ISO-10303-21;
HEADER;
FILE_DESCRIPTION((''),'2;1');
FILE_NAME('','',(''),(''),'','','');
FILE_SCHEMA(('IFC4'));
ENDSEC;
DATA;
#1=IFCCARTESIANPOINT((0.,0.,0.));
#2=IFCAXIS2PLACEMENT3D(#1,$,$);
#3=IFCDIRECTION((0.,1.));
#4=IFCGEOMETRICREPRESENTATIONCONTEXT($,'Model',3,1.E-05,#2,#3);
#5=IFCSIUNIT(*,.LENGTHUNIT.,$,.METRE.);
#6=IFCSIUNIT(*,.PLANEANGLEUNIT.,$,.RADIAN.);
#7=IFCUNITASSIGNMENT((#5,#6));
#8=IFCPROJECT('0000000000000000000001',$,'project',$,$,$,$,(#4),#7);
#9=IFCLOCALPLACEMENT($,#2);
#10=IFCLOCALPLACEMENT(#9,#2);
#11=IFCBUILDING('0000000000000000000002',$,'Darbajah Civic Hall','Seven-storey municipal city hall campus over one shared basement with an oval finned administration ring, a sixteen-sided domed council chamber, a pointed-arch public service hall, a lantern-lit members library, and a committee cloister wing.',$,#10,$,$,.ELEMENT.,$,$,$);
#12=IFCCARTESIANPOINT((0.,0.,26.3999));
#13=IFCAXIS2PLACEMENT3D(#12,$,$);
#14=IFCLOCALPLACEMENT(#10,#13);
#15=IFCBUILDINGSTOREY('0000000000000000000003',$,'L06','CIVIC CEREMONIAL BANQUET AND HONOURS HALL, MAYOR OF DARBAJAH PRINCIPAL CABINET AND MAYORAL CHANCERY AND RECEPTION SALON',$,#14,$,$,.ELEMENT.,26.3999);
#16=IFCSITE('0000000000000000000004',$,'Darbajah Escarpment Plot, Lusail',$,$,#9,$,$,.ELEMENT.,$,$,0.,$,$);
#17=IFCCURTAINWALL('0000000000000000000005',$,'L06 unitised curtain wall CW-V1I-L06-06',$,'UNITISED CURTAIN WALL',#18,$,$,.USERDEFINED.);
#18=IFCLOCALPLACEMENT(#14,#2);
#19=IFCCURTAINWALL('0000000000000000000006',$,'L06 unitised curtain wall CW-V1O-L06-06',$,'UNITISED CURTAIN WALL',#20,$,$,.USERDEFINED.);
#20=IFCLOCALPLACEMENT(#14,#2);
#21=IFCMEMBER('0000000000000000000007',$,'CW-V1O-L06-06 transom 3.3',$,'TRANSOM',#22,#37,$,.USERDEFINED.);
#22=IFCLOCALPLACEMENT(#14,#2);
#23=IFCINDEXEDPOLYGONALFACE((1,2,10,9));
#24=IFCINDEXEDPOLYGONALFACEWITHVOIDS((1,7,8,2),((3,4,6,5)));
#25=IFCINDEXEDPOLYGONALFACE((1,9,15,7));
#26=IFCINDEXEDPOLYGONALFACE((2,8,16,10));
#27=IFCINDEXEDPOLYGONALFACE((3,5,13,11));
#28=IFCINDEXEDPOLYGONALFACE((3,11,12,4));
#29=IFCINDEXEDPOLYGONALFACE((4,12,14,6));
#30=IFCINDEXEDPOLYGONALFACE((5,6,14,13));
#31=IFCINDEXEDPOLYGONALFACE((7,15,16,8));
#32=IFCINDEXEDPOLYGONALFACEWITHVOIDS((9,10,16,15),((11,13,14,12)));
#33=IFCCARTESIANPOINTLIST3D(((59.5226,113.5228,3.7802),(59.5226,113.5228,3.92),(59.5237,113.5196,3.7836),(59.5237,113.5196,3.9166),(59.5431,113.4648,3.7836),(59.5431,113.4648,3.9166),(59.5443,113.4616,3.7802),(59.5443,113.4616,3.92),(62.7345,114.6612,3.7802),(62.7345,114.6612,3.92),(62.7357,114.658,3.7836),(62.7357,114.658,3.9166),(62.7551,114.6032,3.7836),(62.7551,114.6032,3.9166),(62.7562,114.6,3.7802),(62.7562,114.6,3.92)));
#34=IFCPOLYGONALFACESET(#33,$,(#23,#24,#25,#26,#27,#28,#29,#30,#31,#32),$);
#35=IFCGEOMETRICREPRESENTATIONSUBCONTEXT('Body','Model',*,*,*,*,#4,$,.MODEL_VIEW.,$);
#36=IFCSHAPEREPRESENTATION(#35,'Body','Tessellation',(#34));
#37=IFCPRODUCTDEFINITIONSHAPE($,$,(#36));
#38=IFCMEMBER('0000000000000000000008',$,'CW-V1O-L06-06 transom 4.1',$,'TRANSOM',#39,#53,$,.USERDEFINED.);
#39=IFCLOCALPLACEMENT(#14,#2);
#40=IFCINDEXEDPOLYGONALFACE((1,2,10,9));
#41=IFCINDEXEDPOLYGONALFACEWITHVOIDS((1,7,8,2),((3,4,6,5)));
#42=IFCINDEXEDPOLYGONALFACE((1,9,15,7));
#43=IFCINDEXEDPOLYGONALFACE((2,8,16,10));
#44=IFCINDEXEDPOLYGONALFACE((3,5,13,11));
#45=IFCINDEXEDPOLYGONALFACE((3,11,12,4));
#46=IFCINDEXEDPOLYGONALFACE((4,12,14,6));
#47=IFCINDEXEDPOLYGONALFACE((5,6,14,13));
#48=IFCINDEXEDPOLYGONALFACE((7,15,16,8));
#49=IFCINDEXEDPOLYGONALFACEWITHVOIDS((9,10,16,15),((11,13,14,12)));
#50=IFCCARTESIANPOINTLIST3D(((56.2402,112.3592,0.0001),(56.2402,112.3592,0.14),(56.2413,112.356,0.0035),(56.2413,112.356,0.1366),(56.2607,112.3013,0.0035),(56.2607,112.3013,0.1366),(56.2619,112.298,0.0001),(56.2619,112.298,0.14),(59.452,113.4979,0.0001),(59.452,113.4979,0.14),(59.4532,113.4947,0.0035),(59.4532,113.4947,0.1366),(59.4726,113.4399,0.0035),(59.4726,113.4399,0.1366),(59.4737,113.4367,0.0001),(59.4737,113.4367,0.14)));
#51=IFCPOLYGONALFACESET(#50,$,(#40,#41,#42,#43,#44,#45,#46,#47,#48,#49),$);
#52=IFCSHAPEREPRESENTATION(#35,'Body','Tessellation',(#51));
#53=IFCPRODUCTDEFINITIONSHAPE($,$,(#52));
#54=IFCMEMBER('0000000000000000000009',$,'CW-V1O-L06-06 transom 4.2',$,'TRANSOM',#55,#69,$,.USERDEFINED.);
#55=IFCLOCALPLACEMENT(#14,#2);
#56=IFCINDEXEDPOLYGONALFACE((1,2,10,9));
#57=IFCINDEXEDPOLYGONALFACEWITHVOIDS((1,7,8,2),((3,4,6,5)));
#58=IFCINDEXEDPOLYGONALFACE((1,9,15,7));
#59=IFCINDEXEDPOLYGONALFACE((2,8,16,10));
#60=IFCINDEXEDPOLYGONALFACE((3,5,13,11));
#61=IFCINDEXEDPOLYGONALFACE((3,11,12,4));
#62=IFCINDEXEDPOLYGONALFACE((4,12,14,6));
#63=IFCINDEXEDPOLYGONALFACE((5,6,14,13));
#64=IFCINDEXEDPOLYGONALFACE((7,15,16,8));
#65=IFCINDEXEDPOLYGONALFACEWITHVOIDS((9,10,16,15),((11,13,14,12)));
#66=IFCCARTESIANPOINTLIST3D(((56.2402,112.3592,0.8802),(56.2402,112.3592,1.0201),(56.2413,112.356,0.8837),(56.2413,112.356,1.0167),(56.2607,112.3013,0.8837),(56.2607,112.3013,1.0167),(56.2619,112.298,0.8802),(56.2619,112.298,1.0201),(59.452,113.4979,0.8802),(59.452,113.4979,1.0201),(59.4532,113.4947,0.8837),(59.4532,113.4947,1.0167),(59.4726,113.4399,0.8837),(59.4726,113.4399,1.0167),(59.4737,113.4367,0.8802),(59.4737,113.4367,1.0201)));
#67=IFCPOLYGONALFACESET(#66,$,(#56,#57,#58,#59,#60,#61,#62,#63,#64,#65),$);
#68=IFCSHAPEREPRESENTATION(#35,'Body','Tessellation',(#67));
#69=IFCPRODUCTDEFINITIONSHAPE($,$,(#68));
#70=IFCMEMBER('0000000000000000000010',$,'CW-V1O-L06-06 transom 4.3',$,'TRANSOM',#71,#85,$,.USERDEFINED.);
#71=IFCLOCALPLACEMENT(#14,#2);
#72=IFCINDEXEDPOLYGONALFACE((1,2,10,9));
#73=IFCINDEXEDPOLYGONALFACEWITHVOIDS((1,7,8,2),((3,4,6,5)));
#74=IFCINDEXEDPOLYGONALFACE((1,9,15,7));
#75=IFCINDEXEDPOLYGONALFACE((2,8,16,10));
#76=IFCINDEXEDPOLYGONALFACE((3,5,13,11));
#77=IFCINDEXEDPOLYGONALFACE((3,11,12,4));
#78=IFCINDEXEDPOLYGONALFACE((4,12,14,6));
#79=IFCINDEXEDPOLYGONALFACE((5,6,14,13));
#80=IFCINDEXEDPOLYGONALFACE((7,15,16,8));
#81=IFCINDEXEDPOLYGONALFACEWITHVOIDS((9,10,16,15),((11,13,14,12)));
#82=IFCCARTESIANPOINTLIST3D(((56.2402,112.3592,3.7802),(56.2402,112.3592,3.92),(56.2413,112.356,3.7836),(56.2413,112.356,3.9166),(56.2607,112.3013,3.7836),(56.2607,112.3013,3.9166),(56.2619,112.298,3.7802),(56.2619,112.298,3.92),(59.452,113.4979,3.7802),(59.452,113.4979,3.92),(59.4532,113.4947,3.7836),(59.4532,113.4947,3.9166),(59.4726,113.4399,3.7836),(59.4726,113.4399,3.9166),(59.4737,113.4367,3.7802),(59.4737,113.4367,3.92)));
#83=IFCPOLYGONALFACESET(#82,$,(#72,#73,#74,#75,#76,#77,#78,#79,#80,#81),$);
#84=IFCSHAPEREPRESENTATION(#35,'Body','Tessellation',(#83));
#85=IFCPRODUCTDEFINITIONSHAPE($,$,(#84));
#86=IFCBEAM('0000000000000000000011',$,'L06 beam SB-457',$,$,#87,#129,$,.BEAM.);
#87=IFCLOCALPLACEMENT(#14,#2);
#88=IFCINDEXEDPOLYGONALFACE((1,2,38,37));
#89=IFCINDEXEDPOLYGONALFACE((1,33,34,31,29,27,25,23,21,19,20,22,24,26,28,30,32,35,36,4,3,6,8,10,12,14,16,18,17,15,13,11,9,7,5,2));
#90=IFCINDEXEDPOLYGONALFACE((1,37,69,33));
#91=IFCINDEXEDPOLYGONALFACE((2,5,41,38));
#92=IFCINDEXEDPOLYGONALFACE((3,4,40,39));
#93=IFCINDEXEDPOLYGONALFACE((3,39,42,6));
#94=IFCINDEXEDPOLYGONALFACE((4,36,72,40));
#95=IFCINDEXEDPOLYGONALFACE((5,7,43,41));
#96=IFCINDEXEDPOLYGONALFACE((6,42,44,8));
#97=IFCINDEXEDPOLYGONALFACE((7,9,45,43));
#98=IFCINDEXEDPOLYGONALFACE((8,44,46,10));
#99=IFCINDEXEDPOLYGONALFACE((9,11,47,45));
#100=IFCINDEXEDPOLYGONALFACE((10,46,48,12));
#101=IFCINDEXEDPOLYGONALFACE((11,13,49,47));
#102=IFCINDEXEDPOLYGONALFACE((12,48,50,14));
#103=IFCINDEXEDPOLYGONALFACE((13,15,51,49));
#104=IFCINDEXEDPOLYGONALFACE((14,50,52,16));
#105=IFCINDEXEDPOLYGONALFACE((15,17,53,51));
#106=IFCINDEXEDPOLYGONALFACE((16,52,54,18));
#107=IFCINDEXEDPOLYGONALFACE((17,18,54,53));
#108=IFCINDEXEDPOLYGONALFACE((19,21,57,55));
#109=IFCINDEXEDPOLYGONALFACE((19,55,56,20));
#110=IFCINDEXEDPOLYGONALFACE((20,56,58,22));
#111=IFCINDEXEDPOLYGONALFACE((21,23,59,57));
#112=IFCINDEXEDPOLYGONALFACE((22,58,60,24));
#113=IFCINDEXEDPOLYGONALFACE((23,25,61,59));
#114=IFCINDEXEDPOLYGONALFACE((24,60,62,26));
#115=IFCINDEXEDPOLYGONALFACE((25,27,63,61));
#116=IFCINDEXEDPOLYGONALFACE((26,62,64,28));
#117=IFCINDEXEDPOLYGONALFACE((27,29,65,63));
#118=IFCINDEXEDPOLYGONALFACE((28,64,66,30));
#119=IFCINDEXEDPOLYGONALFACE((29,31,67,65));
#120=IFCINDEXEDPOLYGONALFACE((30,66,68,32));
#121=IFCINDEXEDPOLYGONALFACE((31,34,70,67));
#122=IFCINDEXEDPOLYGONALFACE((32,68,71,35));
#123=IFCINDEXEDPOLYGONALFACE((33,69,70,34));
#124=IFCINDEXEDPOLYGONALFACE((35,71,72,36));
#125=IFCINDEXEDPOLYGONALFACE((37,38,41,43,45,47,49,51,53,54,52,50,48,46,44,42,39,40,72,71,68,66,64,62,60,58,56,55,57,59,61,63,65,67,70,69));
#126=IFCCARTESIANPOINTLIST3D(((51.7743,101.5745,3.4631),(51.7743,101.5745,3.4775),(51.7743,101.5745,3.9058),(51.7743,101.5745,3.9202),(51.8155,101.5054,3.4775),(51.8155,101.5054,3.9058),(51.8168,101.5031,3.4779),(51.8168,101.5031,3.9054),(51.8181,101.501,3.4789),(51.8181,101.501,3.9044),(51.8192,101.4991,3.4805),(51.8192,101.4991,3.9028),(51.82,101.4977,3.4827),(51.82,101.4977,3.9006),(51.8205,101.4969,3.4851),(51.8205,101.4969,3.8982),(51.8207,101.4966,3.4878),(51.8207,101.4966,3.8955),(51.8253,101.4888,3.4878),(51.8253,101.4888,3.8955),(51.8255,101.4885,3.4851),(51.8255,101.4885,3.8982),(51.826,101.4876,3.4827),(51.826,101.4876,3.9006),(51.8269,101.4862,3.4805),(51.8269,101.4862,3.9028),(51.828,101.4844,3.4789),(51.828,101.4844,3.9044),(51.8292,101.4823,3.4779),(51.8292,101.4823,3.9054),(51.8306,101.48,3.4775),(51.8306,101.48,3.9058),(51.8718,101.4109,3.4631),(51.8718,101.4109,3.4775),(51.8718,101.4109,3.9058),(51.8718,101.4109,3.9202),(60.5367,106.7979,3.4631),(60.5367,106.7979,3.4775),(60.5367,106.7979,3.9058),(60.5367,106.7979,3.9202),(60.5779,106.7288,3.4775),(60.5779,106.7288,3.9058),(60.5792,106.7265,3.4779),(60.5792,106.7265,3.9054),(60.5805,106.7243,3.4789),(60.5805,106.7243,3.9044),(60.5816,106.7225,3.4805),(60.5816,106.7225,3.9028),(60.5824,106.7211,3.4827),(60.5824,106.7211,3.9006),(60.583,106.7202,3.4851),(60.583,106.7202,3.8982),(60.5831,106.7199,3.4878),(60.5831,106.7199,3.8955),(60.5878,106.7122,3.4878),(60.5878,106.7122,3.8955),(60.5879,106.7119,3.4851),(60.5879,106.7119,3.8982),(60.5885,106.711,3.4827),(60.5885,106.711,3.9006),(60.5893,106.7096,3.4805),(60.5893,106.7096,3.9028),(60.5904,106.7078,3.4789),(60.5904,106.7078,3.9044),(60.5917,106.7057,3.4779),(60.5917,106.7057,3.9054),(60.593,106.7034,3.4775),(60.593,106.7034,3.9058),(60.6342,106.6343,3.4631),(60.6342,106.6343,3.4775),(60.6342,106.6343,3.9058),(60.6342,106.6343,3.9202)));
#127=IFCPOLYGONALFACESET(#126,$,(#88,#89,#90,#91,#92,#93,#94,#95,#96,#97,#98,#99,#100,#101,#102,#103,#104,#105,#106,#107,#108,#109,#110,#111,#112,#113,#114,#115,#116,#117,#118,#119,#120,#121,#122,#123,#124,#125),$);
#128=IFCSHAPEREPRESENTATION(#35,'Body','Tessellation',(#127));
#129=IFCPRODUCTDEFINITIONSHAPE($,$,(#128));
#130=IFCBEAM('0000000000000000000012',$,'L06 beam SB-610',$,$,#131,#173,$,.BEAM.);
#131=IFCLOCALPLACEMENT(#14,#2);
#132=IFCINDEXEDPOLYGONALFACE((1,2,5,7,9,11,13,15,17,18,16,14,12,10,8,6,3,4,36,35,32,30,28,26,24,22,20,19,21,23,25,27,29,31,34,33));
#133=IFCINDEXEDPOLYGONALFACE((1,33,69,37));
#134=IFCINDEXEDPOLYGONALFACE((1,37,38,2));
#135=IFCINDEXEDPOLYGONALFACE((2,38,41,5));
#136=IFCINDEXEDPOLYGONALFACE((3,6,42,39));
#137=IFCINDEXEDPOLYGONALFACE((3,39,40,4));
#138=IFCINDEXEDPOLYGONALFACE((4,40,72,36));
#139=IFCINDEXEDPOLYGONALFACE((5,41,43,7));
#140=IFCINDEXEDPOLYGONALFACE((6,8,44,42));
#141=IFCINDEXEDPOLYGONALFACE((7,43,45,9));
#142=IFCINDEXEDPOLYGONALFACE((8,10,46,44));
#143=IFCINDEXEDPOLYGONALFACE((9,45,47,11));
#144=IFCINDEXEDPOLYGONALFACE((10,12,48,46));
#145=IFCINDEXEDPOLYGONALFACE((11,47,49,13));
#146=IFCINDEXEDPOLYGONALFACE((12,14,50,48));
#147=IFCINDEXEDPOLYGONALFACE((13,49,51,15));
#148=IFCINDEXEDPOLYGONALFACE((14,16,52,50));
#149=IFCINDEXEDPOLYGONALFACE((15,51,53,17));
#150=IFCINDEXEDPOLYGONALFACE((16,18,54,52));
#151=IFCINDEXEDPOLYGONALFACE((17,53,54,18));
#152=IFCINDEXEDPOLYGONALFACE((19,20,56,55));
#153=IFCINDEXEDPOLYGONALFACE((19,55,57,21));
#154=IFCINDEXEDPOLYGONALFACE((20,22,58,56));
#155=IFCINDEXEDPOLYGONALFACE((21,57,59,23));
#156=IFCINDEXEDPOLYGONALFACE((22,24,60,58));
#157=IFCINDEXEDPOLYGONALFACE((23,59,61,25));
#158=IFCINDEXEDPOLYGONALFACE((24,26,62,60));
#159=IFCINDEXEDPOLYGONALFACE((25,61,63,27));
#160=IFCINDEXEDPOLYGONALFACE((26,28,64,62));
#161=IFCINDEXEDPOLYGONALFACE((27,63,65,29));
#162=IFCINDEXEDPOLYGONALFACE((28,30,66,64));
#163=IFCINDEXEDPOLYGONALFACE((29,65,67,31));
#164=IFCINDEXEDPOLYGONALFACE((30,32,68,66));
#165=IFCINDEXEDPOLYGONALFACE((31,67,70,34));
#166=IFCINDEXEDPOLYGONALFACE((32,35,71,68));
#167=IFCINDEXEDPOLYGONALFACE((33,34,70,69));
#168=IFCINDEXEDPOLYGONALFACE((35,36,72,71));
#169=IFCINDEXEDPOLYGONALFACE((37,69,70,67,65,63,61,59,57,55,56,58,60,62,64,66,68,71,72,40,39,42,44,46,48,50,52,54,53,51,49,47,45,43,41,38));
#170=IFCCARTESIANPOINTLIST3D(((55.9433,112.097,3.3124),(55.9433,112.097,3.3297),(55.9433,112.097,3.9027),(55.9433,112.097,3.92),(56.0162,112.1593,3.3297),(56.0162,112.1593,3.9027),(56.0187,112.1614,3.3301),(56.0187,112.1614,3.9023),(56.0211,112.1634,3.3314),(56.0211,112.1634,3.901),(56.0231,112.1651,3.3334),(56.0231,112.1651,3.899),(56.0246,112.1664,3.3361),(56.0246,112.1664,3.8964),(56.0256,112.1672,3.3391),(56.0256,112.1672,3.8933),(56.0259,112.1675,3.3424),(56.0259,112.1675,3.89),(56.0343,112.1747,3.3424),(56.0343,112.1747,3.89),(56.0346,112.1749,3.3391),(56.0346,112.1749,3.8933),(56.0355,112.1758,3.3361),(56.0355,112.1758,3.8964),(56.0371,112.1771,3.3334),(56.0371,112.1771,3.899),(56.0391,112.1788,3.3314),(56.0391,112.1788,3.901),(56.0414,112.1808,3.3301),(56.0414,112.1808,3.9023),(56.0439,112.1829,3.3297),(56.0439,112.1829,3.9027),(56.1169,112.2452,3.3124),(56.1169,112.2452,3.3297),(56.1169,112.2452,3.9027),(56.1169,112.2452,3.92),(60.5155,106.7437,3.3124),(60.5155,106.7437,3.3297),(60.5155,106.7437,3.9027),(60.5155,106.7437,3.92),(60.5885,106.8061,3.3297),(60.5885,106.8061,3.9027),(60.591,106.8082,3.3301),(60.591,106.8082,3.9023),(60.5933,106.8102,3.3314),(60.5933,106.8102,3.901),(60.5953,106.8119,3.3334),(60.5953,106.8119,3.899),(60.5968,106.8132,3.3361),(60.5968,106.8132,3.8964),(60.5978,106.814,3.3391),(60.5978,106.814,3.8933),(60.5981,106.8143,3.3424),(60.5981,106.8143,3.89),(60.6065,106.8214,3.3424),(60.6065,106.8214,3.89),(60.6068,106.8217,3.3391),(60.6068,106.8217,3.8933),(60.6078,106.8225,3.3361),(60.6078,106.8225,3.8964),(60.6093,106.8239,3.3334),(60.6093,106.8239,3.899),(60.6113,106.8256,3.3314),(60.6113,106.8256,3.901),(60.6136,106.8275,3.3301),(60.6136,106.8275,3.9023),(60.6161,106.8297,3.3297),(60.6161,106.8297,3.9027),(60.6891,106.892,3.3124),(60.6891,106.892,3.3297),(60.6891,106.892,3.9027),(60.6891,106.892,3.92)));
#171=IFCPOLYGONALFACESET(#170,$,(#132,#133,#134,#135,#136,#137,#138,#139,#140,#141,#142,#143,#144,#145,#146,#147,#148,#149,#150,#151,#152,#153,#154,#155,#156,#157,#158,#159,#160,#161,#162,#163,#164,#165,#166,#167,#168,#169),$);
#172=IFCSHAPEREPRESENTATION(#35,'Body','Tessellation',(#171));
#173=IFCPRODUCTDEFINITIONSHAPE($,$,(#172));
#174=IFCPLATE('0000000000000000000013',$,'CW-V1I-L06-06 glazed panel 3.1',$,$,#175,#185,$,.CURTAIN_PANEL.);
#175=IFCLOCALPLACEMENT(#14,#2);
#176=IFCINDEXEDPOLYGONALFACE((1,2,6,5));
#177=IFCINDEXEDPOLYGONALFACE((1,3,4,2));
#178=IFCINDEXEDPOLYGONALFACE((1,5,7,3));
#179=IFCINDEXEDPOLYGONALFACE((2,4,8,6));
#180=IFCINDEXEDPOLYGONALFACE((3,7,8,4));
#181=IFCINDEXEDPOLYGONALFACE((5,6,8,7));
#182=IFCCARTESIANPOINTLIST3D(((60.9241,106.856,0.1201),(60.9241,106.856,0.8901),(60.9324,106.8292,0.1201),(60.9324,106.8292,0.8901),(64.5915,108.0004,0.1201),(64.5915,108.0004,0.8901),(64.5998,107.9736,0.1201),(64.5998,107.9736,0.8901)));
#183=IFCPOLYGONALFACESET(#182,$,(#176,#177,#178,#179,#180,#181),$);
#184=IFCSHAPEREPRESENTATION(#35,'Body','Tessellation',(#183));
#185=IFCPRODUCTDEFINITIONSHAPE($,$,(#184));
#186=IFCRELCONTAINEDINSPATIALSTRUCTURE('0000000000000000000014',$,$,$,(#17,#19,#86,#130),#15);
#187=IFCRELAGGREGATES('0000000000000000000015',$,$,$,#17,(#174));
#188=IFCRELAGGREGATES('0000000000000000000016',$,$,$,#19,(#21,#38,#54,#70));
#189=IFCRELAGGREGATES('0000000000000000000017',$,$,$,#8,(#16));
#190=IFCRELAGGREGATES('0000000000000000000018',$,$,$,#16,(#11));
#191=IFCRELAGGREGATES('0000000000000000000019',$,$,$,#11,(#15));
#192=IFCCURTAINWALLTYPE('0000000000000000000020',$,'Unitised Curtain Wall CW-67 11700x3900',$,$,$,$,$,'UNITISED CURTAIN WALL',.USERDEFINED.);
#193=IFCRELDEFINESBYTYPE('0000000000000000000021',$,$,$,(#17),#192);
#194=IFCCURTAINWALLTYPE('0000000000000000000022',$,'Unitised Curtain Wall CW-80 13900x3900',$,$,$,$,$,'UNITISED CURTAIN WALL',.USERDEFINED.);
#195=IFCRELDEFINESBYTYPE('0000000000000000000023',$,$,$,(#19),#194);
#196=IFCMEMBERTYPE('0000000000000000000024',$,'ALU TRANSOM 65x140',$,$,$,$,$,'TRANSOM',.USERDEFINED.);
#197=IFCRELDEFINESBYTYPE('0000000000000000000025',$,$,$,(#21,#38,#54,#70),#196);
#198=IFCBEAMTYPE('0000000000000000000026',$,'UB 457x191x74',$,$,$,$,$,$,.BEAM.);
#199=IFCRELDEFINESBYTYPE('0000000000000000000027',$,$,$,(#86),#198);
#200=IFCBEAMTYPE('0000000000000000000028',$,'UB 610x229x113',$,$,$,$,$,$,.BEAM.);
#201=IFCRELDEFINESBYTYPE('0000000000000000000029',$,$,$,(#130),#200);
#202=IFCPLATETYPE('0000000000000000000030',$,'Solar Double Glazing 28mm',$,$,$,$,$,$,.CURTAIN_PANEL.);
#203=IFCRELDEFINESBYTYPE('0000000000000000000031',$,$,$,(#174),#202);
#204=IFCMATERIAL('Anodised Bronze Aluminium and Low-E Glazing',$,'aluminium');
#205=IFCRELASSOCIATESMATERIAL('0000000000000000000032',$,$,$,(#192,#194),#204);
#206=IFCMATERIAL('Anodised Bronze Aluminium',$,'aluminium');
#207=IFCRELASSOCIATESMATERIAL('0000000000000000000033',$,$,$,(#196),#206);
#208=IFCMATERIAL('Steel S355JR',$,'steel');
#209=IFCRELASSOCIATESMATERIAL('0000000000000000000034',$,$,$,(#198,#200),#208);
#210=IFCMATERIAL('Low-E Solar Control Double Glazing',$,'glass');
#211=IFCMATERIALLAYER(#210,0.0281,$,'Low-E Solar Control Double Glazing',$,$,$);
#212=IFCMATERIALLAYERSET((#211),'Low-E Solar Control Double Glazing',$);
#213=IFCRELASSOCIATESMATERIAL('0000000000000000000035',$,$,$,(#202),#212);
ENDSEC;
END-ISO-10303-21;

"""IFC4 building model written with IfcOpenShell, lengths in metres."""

from ifc_helpers import new_model, si_unit, direction, frame, origin, origin_2d, place, context, subcontext, project, spatial, rectangle, hollow_rectangle, i_section, extrude, material, layer, layer_set, material_profile, profile_set, type_object, element, aggregate, save


model = new_model("IFC4")

# Units and contexts
model_context = context("Model", 3, precision=1e-05, world=origin(), true_north=direction((0.0, 1.0)))
body_context = subcontext(model_context, "Body", "Model", "MODEL_VIEW")
ifc_project = project(units=[si_unit("LENGTHUNIT", "METRE"), si_unit("PLANEANGLEUNIT", "RADIAN")], contexts=[model_context])

# Site, building, storey
site_placement = place(None, origin())
site = spatial("IfcSite", under=ifc_project, at=site_placement, Name="Darbajah Escarpment Plot, Lusail", CompositionType="ELEMENT", RefElevation=0.0)
building_placement = place(site_placement, origin())
building = spatial("IfcBuilding", under=site, at=building_placement, Name="Darbajah Civic Hall", Description="Seven-storey municipal city hall campus over one shared basement with an oval finned administration ring, a sixteen-sided domed council chamber, a pointed-arch public service hall, a lantern-lit members library, and a committee cloister wing.", CompositionType="ELEMENT")
storey_placement = place(building_placement, frame((0.0, 0.0, 26.3999)))
storey = spatial("IfcBuildingStorey", under=building, at=storey_placement, Name="L06", Description="CIVIC CEREMONIAL BANQUET AND HONOURS HALL, MAYOR OF DARBAJAH PRINCIPAL CABINET AND MAYORAL CHANCERY AND RECEPTION SALON", CompositionType="ELEMENT", Elevation=26.3999)

# Curtain walls
ifc_material_1 = material(Name="Anodised Bronze Aluminium and Low-E Glazing", Category="aluminium")
curtain_wall_type_1 = type_object("IfcCurtainWallType", Name="Unitised Curtain Wall CW-67 11700x3900", ElementType="UNITISED CURTAIN WALL", PredefinedType="USERDEFINED", material=ifc_material_1)
curtain_wall_1_placement = place(storey_placement, origin())
curtain_wall_1 = element("IfcCurtainWall", 1, at=curtain_wall_1_placement, inside=storey, type_object=curtain_wall_type_1, Name="L06 unitised curtain wall CW-V1I-L06-06", ObjectType="UNITISED CURTAIN WALL", PredefinedType="USERDEFINED")
ifc_material_2 = material(Name="Anodised Bronze Aluminium", Category="aluminium")
curtain_wall_type_2 = type_object("IfcCurtainWallType", Name="Unitised Curtain Wall CW-80 13900x3900", ElementType="UNITISED CURTAIN WALL", PredefinedType="USERDEFINED", material=ifc_material_1)
curtain_wall_2_placement = place(storey_placement, origin())
curtain_wall_2 = element("IfcCurtainWall", 2, at=curtain_wall_2_placement, inside=storey, type_object=curtain_wall_type_2, Name="L06 unitised curtain wall CW-V1O-L06-06", ObjectType="UNITISED CURTAIN WALL", PredefinedType="USERDEFINED")

# Members
ifc_material_profile_1 = material_profile(ifc_material_2, hollow_rectangle(XDim=0.0649, YDim=0.1399, WallThickness=0.0034, at=origin_2d()), Name="ALU TRANSOM 65x140")
ifc_profile_set_1 = profile_set([ifc_material_profile_1], Name="Anodised Bronze Aluminium")
member_type_1 = type_object("IfcMemberType", Name="ALU TRANSOM 65x140", ElementType="TRANSOM", PredefinedType="USERDEFINED", material=ifc_profile_set_1)
member_1_placement = place(storey_placement, frame((62.7454, 114.6306, 3.8501), z_axis=(-0.942546, -0.334075, 0.0), x_axis=(0.334075, -0.942546, 0.0)))
member_1 = element("IfcMember", 3, at=member_1_placement, type_object=member_type_1, Name="CW-V1O-L06-06 transom 3.3", ObjectType="TRANSOM", PredefinedType="USERDEFINED", context=body_context, shape_type="SweptSolid", body=[
    extrude(hollow_rectangle(XDim=0.0649, YDim=0.1399, WallThickness=0.0034, at=origin_2d()), origin(), (0.0, 0.0, 1.0), 3.4077),
])
member_2_placement = place(storey_placement, frame((59.4629, 113.4673, 0.0701), z_axis=(-0.942524, -0.334139, 0.0), x_axis=(0.334139, -0.942524, 0.0)))
member_2 = element("IfcMember", 4, at=member_2_placement, type_object=member_type_1, Name="CW-V1O-L06-06 transom 4.1", ObjectType="TRANSOM", PredefinedType="USERDEFINED", context=body_context, shape_type="SweptSolid", body=[
    extrude(hollow_rectangle(XDim=0.0649, YDim=0.1399, WallThickness=0.0034, at=origin_2d()), origin(), (0.0, 0.0, 1.0), 3.4077),
])
member_3_placement = place(storey_placement, frame((59.4629, 113.4673, 0.9502), z_axis=(-0.942524, -0.334139, 0.0), x_axis=(0.334139, -0.942524, 0.0)))
member_3 = element("IfcMember", 5, at=member_3_placement, type_object=member_type_1, Name="CW-V1O-L06-06 transom 4.2", ObjectType="TRANSOM", PredefinedType="USERDEFINED", context=body_context, shape_type="SweptSolid", body=[
    extrude(hollow_rectangle(XDim=0.0649, YDim=0.1399, WallThickness=0.0034, at=origin_2d()), origin(), (0.0, 0.0, 1.0), 3.4077),
])
member_4_placement = place(storey_placement, frame((59.4629, 113.4673, 3.8501), z_axis=(-0.942524, -0.334139, 0.0), x_axis=(0.334139, -0.942524, 0.0)))
member_4 = element("IfcMember", 6, at=member_4_placement, type_object=member_type_1, Name="CW-V1O-L06-06 transom 4.3", ObjectType="TRANSOM", PredefinedType="USERDEFINED", context=body_context, shape_type="SweptSolid", body=[
    extrude(hollow_rectangle(XDim=0.0649, YDim=0.1399, WallThickness=0.0034, at=origin_2d()), origin(), (0.0, 0.0, 1.0), 3.4077),
])

# Beams
ifc_material_3 = material(Name="Steel S355JR", Category="steel")
ifc_material_profile_2 = material_profile(ifc_material_3, i_section(OverallWidth=0.1904, OverallDepth=0.457, WebThickness=0.009, FlangeThickness=0.0144, FilletRadius=0.0103, at=origin_2d()), Name="UB 457x191x74")
ifc_profile_set_2 = profile_set([ifc_material_profile_2], Name="Steel S355JR")
beam_type_1 = type_object("IfcBeamType", Name="UB 457x191x74", PredefinedType="BEAM", material=ifc_profile_set_2)
beam_1_placement = place(storey_placement, frame((60.5854, 106.7161, 3.6917), z_axis=(-0.858963, -0.512037, 0.0), x_axis=(0.512037, -0.858963, 0.0)))
element("IfcBeam", 7, at=beam_1_placement, inside=storey, type_object=beam_type_1, Name="L06 beam SB-457", PredefinedType="BEAM", context=body_context, shape_type="SweptSolid", body=[
    extrude(i_section(OverallWidth=0.1904, OverallDepth=0.457, WebThickness=0.009, FlangeThickness=0.0144, FilletRadius=0.0103, at=origin_2d()), origin(), (0.0, 0.0, 1.0), 10.2012),
])
ifc_material_profile_3 = material_profile(ifc_material_3, i_section(OverallWidth=0.2283, OverallDepth=0.6077, WebThickness=0.011, FlangeThickness=0.0173, FilletRadius=0.0127, at=origin_2d()), Name="UB 610x229x113")
ifc_profile_set_3 = profile_set([ifc_material_profile_3], Name="Steel S355JR")
beam_type_2 = type_object("IfcBeamType", Name="UB 610x229x113", PredefinedType="BEAM", material=ifc_profile_set_3)
beam_2_placement = place(storey_placement, frame((60.6023, 106.8179, 3.6162), z_axis=(-0.64946, 0.760396, 0.0), x_axis=(-0.760396, -0.64946, 0.0)))
element("IfcBeam", 8, at=beam_2_placement, inside=storey, type_object=beam_type_2, Name="L06 beam SB-610", PredefinedType="BEAM", context=body_context, shape_type="SweptSolid", body=[
    extrude(i_section(OverallWidth=0.2283, OverallDepth=0.6077, WebThickness=0.011, FlangeThickness=0.0173, FilletRadius=0.0127, at=origin_2d()), origin(), (0.0, 0.0, 1.0), 7.04),
])

# Plate
ifc_material_4 = material(Name="Low-E Solar Control Double Glazing", Category="glass")
ifc_layer_1 = layer(ifc_material_4, 0.0281, Name="Low-E Solar Control Double Glazing")
ifc_layer_set_1 = layer_set([ifc_layer_1], Name="Low-E Solar Control Double Glazing")
plate_type_1 = type_object("IfcPlateType", Name="Solar Double Glazing 28mm", PredefinedType="CURTAIN_PANEL", material=ifc_layer_set_1)
plate_1_placement = place(storey_placement, frame((62.762, 107.4148, 0.1201), z_axis=(0.0, 0.0, 1.0), x_axis=(-0.954605, -0.297875, 0.0)))
plate_1 = element("IfcPlate", 9, at=plate_1_placement, type_object=plate_type_1, Name="CW-V1I-L06-06 glazed panel 3.1", PredefinedType="CURTAIN_PANEL", context=body_context, shape_type="SweptSolid", body=[
    extrude(rectangle(XDim=3.8418, YDim=0.0281, at=origin_2d()), origin(), (0.0, 0.0, 1.0), 0.77),
])
aggregate(curtain_wall_1, [plate_1])
aggregate(curtain_wall_2, [member_1, member_2, member_3, member_4])

save(model, "model.ifc")
